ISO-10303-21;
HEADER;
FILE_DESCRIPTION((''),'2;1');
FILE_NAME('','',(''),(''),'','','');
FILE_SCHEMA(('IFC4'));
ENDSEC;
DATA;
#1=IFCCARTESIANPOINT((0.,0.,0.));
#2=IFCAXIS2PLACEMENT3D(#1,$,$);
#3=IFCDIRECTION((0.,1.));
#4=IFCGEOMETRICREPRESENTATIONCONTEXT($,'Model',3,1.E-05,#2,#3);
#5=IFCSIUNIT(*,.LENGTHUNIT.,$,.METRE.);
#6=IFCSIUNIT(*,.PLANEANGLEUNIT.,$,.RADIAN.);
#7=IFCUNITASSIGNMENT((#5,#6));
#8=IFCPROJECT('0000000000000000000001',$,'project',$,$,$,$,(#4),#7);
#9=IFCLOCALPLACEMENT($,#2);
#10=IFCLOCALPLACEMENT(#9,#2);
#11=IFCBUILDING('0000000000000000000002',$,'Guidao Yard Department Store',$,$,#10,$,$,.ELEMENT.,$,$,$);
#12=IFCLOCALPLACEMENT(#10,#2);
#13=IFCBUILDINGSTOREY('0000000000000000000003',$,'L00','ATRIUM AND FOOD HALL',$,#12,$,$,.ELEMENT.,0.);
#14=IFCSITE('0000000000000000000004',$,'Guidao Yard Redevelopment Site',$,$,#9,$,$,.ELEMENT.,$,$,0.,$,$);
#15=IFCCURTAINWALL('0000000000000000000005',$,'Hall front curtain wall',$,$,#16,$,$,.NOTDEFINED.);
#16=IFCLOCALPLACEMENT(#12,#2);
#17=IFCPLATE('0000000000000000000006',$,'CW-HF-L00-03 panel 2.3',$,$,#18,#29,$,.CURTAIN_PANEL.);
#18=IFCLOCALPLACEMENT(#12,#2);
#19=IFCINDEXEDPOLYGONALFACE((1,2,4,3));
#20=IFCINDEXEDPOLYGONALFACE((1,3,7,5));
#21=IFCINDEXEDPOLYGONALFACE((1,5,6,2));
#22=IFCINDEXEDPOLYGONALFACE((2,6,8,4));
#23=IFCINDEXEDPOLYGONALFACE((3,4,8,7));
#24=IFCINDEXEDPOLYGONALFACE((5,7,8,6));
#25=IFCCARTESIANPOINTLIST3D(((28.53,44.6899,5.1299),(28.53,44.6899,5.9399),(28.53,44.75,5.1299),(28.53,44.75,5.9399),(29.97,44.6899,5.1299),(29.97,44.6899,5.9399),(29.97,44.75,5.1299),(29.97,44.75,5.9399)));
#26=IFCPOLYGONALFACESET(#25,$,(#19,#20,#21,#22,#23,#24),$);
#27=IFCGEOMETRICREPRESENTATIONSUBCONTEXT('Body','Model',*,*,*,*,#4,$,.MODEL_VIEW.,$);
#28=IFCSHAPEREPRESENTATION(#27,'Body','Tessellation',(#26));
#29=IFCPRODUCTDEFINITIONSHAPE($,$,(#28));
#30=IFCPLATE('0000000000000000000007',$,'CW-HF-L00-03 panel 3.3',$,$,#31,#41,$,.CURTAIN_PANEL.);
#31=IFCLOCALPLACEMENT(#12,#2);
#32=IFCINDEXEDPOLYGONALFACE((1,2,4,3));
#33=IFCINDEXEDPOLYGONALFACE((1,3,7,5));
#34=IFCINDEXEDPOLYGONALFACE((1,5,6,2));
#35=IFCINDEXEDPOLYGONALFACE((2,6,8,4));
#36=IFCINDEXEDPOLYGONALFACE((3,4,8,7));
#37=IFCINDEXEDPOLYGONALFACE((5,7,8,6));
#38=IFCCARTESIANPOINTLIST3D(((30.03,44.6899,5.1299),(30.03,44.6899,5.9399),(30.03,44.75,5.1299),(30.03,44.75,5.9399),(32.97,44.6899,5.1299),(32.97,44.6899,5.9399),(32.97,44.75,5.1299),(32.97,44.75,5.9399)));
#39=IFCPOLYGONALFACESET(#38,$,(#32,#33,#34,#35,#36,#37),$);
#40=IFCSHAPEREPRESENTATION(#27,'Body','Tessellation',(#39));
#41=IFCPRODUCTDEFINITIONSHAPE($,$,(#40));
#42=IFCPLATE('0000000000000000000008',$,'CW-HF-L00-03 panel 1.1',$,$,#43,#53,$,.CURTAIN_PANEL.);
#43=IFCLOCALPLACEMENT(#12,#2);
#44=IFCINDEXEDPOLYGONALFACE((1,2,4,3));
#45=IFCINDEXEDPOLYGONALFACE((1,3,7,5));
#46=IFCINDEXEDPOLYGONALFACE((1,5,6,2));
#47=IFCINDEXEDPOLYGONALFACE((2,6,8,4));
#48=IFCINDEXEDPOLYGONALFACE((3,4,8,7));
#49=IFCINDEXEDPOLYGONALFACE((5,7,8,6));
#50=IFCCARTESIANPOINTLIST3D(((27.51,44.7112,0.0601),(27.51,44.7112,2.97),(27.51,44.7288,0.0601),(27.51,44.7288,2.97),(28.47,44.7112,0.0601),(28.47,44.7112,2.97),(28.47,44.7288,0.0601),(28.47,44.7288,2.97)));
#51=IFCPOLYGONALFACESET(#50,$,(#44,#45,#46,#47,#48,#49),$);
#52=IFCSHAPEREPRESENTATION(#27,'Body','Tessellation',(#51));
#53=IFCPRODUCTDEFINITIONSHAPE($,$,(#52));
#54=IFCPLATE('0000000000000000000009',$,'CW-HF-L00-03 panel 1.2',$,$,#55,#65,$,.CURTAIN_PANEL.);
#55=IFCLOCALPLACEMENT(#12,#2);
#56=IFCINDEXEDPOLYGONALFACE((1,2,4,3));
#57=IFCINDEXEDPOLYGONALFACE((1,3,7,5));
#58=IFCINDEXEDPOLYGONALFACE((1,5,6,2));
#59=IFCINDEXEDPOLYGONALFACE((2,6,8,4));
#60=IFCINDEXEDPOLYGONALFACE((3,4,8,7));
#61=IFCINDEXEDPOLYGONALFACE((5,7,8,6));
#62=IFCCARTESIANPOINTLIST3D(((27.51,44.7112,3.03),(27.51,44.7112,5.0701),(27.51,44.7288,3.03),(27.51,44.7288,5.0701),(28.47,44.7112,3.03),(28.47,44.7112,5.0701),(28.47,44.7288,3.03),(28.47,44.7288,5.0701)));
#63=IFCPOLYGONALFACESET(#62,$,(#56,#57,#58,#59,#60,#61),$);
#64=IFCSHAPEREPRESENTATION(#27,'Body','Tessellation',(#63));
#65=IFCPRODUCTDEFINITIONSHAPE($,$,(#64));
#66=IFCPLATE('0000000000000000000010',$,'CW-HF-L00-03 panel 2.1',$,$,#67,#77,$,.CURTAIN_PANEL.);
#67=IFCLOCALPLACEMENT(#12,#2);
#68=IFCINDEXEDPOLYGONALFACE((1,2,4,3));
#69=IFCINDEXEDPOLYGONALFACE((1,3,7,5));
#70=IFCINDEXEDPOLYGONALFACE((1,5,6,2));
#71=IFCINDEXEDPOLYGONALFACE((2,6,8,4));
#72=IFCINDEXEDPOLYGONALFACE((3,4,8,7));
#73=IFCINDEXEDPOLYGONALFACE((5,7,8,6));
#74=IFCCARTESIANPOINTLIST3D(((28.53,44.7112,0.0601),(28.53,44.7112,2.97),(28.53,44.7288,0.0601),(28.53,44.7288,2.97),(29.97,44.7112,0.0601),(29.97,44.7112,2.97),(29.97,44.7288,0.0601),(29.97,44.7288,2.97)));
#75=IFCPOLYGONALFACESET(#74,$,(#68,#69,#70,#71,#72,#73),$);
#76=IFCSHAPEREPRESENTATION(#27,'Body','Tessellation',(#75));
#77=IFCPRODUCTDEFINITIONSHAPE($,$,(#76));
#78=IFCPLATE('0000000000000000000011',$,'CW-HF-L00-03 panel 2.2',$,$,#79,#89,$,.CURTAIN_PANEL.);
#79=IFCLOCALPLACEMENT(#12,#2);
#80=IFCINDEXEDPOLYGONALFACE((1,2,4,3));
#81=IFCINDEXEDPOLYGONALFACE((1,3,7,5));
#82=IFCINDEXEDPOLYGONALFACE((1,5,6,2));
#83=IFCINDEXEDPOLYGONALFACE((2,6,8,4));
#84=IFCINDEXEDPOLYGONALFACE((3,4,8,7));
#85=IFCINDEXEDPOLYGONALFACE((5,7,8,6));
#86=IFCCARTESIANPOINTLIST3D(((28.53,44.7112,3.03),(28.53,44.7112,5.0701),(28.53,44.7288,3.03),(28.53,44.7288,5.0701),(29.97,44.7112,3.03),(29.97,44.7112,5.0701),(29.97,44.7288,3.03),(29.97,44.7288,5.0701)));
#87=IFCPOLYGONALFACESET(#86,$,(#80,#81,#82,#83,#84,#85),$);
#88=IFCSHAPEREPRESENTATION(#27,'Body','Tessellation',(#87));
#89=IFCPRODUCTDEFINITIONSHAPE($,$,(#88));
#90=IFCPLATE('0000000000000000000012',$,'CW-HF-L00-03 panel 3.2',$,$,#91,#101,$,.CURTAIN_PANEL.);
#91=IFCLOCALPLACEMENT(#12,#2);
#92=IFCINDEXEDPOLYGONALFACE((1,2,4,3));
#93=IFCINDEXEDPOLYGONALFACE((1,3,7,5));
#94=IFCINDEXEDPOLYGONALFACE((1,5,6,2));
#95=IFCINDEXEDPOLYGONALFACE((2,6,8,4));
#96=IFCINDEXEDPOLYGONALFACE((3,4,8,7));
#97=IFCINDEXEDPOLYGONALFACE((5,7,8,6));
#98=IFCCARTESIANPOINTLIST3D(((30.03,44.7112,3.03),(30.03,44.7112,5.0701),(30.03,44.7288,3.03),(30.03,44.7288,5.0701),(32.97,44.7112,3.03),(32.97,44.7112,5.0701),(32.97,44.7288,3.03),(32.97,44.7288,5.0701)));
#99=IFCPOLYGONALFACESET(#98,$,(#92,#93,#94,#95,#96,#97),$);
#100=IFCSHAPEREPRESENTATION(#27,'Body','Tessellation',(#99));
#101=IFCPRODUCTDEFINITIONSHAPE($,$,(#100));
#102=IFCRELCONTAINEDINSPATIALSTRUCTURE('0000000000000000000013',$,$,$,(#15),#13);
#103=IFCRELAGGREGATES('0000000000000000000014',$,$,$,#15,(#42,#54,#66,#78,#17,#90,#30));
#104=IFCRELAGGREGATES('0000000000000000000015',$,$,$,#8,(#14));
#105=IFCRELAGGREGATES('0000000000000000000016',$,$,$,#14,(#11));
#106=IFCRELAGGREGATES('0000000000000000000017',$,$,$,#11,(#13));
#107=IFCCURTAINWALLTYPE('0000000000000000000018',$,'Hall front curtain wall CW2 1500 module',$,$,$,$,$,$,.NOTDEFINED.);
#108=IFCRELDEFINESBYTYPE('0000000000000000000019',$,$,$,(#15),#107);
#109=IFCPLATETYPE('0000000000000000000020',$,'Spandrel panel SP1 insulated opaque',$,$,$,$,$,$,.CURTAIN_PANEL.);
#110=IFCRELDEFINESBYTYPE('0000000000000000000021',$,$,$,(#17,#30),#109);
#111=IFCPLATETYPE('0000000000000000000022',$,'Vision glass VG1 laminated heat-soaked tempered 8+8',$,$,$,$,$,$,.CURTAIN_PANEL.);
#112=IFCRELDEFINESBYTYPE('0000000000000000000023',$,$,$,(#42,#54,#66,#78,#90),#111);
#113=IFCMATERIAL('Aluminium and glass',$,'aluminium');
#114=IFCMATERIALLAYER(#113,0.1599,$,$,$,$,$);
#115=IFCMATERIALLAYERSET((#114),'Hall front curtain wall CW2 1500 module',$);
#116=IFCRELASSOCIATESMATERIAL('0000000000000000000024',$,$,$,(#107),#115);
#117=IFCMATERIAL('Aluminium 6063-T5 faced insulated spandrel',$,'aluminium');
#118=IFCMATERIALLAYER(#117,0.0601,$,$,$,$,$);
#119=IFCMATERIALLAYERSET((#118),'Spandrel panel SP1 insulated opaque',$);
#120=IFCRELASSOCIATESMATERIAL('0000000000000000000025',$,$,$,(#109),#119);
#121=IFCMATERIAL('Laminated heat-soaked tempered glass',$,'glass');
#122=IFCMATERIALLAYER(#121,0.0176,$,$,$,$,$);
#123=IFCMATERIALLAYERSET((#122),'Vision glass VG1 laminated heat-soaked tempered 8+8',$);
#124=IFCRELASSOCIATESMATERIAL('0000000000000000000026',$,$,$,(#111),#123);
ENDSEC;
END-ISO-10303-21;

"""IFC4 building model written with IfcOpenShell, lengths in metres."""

from ifc_helpers import new_model, si_unit, direction, frame, origin, origin_2d, place, context, subcontext, project, spatial, rectangle, extrude, material, layer, layer_set, type_object, element, aggregate, save


model = new_model("IFC4")

# Units and contexts
model_context = context("Model", 3, precision=1e-05, world=origin(), true_north=direction((0.0, 1.0)))
body_context = subcontext(model_context, "Body", "Model", "MODEL_VIEW")
ifc_project = project(units=[si_unit("LENGTHUNIT", "METRE"), si_unit("PLANEANGLEUNIT", "RADIAN")], contexts=[model_context])

# Site, building, storey
site_placement = place(None, origin())
site = spatial("IfcSite", under=ifc_project, at=site_placement, Name="Guidao Yard Redevelopment Site", CompositionType="ELEMENT", RefElevation=0.0)
building_placement = place(site_placement, origin())
building = spatial("IfcBuilding", under=site, at=building_placement, Name="Guidao Yard Department Store", CompositionType="ELEMENT")
storey_placement = place(building_placement, origin())
storey = spatial("IfcBuildingStorey", under=building, at=storey_placement, Name="L00", Description="ATRIUM AND FOOD HALL", CompositionType="ELEMENT", Elevation=0.0)

# Curtain wall, plates
ifc_material_1 = material(Name="Aluminium and glass", Category="aluminium")
ifc_layer_1 = layer(ifc_material_1, 0.1599)
ifc_layer_set_1 = layer_set([ifc_layer_1], Name="Hall front curtain wall CW2 1500 module")
curtain_wall_type = type_object("IfcCurtainWallType", Name="Hall front curtain wall CW2 1500 module", PredefinedType="NOTDEFINED", material=ifc_layer_set_1)
curtain_wall_placement = place(storey_placement, origin())
curtain_wall = element("IfcCurtainWall", 1, at=curtain_wall_placement, inside=storey, type_object=curtain_wall_type, Name="Hall front curtain wall", PredefinedType="NOTDEFINED")
ifc_material_2 = material(Name="Aluminium 6063-T5 faced insulated spandrel", Category="aluminium")
ifc_layer_2 = layer(ifc_material_2, 0.0601)
ifc_layer_set_2 = layer_set([ifc_layer_2], Name="Spandrel panel SP1 insulated opaque")
plate_type_1 = type_object("IfcPlateType", Name="Spandrel panel SP1 insulated opaque", PredefinedType="CURTAIN_PANEL", material=ifc_layer_set_2)
plate_1_placement = place(storey_placement, frame((29.25, 44.72, 5.1299), z_axis=(0.0, 0.0, 1.0), x_axis=(-1.0, 0.0, 0.0)))
plate_1 = element("IfcPlate", 2, at=plate_1_placement, type_object=plate_type_1, Name="CW-HF-L00-03 panel 2.3", PredefinedType="CURTAIN_PANEL", context=body_context, shape_type="SweptSolid", body=[
    extrude(rectangle(XDim=1.4399, YDim=0.0601, at=origin_2d()), origin(), (0.0, 0.0, 1.0), 0.8101),
])
plate_2_placement = place(storey_placement, frame((31.5, 44.72, 5.1299), z_axis=(0.0, 0.0, 1.0), x_axis=(-1.0, 0.0, 0.0)))
plate_2 = element("IfcPlate", 3, at=plate_2_placement, type_object=plate_type_1, Name="CW-HF-L00-03 panel 3.3", PredefinedType="CURTAIN_PANEL", context=body_context, shape_type="SweptSolid", body=[
    extrude(rectangle(XDim=2.9399, YDim=0.0601, at=origin_2d()), origin(), (0.0, 0.0, 1.0), 0.8101),
])
ifc_material_3 = material(Name="Laminated heat-soaked tempered glass", Category="glass")
ifc_layer_3 = layer(ifc_material_3, 0.0176)
ifc_layer_set_3 = layer_set([ifc_layer_3], Name="Vision glass VG1 laminated heat-soaked tempered 8+8")
plate_type_2 = type_object("IfcPlateType", Name="Vision glass VG1 laminated heat-soaked tempered 8+8", PredefinedType="CURTAIN_PANEL", material=ifc_layer_set_3)
plate_3_placement = place(storey_placement, frame((27.99, 44.72, 0.0601), z_axis=(0.0, 0.0, 1.0), x_axis=(-1.0, 0.0, 0.0)))
plate_3 = element("IfcPlate", 4, at=plate_3_placement, type_object=plate_type_2, Name="CW-HF-L00-03 panel 1.1", PredefinedType="CURTAIN_PANEL", context=body_context, shape_type="SweptSolid", body=[
    extrude(rectangle(XDim=0.96, YDim=0.0176, at=origin_2d()), origin(), (0.0, 0.0, 1.0), 2.9099),
])
plate_4_placement = place(storey_placement, frame((27.99, 44.72, 3.03), z_axis=(0.0, 0.0, 1.0), x_axis=(-1.0, 0.0, 0.0)))
plate_4 = element("IfcPlate", 5, at=plate_4_placement, type_object=plate_type_2, Name="CW-HF-L00-03 panel 1.2", PredefinedType="CURTAIN_PANEL", context=body_context, shape_type="SweptSolid", body=[
    extrude(rectangle(XDim=0.96, YDim=0.0176, at=origin_2d()), origin(), (0.0, 0.0, 1.0), 2.04),
])
plate_5_placement = place(storey_placement, frame((29.25, 44.72, 0.0601), z_axis=(0.0, 0.0, 1.0), x_axis=(-1.0, 0.0, 0.0)))
plate_5 = element("IfcPlate", 6, at=plate_5_placement, type_object=plate_type_2, Name="CW-HF-L00-03 panel 2.1", PredefinedType="CURTAIN_PANEL", context=body_context, shape_type="SweptSolid", body=[
    extrude(rectangle(XDim=1.4399, YDim=0.0176, at=origin_2d()), origin(), (0.0, 0.0, 1.0), 2.9099),
])
plate_6_placement = place(storey_placement, frame((29.25, 44.72, 3.03), z_axis=(0.0, 0.0, 1.0), x_axis=(-1.0, 0.0, 0.0)))
plate_6 = element("IfcPlate", 7, at=plate_6_placement, type_object=plate_type_2, Name="CW-HF-L00-03 panel 2.2", PredefinedType="CURTAIN_PANEL", context=body_context, shape_type="SweptSolid", body=[
    extrude(rectangle(XDim=1.4399, YDim=0.0176, at=origin_2d()), origin(), (0.0, 0.0, 1.0), 2.04),
])
plate_7_placement = place(storey_placement, frame((31.5, 44.72, 3.03), z_axis=(0.0, 0.0, 1.0), x_axis=(-1.0, 0.0, 0.0)))
plate_7 = element("IfcPlate", 8, at=plate_7_placement, type_object=plate_type_2, Name="CW-HF-L00-03 panel 3.2", PredefinedType="CURTAIN_PANEL", context=body_context, shape_type="SweptSolid", body=[
    extrude(rectangle(XDim=2.9399, YDim=0.0176, at=origin_2d()), origin(), (0.0, 0.0, 1.0), 2.04),
])
aggregate(curtain_wall, [plate_3, plate_4, plate_5, plate_6, plate_1, plate_7, plate_2])

save(model, "model.ifc")
